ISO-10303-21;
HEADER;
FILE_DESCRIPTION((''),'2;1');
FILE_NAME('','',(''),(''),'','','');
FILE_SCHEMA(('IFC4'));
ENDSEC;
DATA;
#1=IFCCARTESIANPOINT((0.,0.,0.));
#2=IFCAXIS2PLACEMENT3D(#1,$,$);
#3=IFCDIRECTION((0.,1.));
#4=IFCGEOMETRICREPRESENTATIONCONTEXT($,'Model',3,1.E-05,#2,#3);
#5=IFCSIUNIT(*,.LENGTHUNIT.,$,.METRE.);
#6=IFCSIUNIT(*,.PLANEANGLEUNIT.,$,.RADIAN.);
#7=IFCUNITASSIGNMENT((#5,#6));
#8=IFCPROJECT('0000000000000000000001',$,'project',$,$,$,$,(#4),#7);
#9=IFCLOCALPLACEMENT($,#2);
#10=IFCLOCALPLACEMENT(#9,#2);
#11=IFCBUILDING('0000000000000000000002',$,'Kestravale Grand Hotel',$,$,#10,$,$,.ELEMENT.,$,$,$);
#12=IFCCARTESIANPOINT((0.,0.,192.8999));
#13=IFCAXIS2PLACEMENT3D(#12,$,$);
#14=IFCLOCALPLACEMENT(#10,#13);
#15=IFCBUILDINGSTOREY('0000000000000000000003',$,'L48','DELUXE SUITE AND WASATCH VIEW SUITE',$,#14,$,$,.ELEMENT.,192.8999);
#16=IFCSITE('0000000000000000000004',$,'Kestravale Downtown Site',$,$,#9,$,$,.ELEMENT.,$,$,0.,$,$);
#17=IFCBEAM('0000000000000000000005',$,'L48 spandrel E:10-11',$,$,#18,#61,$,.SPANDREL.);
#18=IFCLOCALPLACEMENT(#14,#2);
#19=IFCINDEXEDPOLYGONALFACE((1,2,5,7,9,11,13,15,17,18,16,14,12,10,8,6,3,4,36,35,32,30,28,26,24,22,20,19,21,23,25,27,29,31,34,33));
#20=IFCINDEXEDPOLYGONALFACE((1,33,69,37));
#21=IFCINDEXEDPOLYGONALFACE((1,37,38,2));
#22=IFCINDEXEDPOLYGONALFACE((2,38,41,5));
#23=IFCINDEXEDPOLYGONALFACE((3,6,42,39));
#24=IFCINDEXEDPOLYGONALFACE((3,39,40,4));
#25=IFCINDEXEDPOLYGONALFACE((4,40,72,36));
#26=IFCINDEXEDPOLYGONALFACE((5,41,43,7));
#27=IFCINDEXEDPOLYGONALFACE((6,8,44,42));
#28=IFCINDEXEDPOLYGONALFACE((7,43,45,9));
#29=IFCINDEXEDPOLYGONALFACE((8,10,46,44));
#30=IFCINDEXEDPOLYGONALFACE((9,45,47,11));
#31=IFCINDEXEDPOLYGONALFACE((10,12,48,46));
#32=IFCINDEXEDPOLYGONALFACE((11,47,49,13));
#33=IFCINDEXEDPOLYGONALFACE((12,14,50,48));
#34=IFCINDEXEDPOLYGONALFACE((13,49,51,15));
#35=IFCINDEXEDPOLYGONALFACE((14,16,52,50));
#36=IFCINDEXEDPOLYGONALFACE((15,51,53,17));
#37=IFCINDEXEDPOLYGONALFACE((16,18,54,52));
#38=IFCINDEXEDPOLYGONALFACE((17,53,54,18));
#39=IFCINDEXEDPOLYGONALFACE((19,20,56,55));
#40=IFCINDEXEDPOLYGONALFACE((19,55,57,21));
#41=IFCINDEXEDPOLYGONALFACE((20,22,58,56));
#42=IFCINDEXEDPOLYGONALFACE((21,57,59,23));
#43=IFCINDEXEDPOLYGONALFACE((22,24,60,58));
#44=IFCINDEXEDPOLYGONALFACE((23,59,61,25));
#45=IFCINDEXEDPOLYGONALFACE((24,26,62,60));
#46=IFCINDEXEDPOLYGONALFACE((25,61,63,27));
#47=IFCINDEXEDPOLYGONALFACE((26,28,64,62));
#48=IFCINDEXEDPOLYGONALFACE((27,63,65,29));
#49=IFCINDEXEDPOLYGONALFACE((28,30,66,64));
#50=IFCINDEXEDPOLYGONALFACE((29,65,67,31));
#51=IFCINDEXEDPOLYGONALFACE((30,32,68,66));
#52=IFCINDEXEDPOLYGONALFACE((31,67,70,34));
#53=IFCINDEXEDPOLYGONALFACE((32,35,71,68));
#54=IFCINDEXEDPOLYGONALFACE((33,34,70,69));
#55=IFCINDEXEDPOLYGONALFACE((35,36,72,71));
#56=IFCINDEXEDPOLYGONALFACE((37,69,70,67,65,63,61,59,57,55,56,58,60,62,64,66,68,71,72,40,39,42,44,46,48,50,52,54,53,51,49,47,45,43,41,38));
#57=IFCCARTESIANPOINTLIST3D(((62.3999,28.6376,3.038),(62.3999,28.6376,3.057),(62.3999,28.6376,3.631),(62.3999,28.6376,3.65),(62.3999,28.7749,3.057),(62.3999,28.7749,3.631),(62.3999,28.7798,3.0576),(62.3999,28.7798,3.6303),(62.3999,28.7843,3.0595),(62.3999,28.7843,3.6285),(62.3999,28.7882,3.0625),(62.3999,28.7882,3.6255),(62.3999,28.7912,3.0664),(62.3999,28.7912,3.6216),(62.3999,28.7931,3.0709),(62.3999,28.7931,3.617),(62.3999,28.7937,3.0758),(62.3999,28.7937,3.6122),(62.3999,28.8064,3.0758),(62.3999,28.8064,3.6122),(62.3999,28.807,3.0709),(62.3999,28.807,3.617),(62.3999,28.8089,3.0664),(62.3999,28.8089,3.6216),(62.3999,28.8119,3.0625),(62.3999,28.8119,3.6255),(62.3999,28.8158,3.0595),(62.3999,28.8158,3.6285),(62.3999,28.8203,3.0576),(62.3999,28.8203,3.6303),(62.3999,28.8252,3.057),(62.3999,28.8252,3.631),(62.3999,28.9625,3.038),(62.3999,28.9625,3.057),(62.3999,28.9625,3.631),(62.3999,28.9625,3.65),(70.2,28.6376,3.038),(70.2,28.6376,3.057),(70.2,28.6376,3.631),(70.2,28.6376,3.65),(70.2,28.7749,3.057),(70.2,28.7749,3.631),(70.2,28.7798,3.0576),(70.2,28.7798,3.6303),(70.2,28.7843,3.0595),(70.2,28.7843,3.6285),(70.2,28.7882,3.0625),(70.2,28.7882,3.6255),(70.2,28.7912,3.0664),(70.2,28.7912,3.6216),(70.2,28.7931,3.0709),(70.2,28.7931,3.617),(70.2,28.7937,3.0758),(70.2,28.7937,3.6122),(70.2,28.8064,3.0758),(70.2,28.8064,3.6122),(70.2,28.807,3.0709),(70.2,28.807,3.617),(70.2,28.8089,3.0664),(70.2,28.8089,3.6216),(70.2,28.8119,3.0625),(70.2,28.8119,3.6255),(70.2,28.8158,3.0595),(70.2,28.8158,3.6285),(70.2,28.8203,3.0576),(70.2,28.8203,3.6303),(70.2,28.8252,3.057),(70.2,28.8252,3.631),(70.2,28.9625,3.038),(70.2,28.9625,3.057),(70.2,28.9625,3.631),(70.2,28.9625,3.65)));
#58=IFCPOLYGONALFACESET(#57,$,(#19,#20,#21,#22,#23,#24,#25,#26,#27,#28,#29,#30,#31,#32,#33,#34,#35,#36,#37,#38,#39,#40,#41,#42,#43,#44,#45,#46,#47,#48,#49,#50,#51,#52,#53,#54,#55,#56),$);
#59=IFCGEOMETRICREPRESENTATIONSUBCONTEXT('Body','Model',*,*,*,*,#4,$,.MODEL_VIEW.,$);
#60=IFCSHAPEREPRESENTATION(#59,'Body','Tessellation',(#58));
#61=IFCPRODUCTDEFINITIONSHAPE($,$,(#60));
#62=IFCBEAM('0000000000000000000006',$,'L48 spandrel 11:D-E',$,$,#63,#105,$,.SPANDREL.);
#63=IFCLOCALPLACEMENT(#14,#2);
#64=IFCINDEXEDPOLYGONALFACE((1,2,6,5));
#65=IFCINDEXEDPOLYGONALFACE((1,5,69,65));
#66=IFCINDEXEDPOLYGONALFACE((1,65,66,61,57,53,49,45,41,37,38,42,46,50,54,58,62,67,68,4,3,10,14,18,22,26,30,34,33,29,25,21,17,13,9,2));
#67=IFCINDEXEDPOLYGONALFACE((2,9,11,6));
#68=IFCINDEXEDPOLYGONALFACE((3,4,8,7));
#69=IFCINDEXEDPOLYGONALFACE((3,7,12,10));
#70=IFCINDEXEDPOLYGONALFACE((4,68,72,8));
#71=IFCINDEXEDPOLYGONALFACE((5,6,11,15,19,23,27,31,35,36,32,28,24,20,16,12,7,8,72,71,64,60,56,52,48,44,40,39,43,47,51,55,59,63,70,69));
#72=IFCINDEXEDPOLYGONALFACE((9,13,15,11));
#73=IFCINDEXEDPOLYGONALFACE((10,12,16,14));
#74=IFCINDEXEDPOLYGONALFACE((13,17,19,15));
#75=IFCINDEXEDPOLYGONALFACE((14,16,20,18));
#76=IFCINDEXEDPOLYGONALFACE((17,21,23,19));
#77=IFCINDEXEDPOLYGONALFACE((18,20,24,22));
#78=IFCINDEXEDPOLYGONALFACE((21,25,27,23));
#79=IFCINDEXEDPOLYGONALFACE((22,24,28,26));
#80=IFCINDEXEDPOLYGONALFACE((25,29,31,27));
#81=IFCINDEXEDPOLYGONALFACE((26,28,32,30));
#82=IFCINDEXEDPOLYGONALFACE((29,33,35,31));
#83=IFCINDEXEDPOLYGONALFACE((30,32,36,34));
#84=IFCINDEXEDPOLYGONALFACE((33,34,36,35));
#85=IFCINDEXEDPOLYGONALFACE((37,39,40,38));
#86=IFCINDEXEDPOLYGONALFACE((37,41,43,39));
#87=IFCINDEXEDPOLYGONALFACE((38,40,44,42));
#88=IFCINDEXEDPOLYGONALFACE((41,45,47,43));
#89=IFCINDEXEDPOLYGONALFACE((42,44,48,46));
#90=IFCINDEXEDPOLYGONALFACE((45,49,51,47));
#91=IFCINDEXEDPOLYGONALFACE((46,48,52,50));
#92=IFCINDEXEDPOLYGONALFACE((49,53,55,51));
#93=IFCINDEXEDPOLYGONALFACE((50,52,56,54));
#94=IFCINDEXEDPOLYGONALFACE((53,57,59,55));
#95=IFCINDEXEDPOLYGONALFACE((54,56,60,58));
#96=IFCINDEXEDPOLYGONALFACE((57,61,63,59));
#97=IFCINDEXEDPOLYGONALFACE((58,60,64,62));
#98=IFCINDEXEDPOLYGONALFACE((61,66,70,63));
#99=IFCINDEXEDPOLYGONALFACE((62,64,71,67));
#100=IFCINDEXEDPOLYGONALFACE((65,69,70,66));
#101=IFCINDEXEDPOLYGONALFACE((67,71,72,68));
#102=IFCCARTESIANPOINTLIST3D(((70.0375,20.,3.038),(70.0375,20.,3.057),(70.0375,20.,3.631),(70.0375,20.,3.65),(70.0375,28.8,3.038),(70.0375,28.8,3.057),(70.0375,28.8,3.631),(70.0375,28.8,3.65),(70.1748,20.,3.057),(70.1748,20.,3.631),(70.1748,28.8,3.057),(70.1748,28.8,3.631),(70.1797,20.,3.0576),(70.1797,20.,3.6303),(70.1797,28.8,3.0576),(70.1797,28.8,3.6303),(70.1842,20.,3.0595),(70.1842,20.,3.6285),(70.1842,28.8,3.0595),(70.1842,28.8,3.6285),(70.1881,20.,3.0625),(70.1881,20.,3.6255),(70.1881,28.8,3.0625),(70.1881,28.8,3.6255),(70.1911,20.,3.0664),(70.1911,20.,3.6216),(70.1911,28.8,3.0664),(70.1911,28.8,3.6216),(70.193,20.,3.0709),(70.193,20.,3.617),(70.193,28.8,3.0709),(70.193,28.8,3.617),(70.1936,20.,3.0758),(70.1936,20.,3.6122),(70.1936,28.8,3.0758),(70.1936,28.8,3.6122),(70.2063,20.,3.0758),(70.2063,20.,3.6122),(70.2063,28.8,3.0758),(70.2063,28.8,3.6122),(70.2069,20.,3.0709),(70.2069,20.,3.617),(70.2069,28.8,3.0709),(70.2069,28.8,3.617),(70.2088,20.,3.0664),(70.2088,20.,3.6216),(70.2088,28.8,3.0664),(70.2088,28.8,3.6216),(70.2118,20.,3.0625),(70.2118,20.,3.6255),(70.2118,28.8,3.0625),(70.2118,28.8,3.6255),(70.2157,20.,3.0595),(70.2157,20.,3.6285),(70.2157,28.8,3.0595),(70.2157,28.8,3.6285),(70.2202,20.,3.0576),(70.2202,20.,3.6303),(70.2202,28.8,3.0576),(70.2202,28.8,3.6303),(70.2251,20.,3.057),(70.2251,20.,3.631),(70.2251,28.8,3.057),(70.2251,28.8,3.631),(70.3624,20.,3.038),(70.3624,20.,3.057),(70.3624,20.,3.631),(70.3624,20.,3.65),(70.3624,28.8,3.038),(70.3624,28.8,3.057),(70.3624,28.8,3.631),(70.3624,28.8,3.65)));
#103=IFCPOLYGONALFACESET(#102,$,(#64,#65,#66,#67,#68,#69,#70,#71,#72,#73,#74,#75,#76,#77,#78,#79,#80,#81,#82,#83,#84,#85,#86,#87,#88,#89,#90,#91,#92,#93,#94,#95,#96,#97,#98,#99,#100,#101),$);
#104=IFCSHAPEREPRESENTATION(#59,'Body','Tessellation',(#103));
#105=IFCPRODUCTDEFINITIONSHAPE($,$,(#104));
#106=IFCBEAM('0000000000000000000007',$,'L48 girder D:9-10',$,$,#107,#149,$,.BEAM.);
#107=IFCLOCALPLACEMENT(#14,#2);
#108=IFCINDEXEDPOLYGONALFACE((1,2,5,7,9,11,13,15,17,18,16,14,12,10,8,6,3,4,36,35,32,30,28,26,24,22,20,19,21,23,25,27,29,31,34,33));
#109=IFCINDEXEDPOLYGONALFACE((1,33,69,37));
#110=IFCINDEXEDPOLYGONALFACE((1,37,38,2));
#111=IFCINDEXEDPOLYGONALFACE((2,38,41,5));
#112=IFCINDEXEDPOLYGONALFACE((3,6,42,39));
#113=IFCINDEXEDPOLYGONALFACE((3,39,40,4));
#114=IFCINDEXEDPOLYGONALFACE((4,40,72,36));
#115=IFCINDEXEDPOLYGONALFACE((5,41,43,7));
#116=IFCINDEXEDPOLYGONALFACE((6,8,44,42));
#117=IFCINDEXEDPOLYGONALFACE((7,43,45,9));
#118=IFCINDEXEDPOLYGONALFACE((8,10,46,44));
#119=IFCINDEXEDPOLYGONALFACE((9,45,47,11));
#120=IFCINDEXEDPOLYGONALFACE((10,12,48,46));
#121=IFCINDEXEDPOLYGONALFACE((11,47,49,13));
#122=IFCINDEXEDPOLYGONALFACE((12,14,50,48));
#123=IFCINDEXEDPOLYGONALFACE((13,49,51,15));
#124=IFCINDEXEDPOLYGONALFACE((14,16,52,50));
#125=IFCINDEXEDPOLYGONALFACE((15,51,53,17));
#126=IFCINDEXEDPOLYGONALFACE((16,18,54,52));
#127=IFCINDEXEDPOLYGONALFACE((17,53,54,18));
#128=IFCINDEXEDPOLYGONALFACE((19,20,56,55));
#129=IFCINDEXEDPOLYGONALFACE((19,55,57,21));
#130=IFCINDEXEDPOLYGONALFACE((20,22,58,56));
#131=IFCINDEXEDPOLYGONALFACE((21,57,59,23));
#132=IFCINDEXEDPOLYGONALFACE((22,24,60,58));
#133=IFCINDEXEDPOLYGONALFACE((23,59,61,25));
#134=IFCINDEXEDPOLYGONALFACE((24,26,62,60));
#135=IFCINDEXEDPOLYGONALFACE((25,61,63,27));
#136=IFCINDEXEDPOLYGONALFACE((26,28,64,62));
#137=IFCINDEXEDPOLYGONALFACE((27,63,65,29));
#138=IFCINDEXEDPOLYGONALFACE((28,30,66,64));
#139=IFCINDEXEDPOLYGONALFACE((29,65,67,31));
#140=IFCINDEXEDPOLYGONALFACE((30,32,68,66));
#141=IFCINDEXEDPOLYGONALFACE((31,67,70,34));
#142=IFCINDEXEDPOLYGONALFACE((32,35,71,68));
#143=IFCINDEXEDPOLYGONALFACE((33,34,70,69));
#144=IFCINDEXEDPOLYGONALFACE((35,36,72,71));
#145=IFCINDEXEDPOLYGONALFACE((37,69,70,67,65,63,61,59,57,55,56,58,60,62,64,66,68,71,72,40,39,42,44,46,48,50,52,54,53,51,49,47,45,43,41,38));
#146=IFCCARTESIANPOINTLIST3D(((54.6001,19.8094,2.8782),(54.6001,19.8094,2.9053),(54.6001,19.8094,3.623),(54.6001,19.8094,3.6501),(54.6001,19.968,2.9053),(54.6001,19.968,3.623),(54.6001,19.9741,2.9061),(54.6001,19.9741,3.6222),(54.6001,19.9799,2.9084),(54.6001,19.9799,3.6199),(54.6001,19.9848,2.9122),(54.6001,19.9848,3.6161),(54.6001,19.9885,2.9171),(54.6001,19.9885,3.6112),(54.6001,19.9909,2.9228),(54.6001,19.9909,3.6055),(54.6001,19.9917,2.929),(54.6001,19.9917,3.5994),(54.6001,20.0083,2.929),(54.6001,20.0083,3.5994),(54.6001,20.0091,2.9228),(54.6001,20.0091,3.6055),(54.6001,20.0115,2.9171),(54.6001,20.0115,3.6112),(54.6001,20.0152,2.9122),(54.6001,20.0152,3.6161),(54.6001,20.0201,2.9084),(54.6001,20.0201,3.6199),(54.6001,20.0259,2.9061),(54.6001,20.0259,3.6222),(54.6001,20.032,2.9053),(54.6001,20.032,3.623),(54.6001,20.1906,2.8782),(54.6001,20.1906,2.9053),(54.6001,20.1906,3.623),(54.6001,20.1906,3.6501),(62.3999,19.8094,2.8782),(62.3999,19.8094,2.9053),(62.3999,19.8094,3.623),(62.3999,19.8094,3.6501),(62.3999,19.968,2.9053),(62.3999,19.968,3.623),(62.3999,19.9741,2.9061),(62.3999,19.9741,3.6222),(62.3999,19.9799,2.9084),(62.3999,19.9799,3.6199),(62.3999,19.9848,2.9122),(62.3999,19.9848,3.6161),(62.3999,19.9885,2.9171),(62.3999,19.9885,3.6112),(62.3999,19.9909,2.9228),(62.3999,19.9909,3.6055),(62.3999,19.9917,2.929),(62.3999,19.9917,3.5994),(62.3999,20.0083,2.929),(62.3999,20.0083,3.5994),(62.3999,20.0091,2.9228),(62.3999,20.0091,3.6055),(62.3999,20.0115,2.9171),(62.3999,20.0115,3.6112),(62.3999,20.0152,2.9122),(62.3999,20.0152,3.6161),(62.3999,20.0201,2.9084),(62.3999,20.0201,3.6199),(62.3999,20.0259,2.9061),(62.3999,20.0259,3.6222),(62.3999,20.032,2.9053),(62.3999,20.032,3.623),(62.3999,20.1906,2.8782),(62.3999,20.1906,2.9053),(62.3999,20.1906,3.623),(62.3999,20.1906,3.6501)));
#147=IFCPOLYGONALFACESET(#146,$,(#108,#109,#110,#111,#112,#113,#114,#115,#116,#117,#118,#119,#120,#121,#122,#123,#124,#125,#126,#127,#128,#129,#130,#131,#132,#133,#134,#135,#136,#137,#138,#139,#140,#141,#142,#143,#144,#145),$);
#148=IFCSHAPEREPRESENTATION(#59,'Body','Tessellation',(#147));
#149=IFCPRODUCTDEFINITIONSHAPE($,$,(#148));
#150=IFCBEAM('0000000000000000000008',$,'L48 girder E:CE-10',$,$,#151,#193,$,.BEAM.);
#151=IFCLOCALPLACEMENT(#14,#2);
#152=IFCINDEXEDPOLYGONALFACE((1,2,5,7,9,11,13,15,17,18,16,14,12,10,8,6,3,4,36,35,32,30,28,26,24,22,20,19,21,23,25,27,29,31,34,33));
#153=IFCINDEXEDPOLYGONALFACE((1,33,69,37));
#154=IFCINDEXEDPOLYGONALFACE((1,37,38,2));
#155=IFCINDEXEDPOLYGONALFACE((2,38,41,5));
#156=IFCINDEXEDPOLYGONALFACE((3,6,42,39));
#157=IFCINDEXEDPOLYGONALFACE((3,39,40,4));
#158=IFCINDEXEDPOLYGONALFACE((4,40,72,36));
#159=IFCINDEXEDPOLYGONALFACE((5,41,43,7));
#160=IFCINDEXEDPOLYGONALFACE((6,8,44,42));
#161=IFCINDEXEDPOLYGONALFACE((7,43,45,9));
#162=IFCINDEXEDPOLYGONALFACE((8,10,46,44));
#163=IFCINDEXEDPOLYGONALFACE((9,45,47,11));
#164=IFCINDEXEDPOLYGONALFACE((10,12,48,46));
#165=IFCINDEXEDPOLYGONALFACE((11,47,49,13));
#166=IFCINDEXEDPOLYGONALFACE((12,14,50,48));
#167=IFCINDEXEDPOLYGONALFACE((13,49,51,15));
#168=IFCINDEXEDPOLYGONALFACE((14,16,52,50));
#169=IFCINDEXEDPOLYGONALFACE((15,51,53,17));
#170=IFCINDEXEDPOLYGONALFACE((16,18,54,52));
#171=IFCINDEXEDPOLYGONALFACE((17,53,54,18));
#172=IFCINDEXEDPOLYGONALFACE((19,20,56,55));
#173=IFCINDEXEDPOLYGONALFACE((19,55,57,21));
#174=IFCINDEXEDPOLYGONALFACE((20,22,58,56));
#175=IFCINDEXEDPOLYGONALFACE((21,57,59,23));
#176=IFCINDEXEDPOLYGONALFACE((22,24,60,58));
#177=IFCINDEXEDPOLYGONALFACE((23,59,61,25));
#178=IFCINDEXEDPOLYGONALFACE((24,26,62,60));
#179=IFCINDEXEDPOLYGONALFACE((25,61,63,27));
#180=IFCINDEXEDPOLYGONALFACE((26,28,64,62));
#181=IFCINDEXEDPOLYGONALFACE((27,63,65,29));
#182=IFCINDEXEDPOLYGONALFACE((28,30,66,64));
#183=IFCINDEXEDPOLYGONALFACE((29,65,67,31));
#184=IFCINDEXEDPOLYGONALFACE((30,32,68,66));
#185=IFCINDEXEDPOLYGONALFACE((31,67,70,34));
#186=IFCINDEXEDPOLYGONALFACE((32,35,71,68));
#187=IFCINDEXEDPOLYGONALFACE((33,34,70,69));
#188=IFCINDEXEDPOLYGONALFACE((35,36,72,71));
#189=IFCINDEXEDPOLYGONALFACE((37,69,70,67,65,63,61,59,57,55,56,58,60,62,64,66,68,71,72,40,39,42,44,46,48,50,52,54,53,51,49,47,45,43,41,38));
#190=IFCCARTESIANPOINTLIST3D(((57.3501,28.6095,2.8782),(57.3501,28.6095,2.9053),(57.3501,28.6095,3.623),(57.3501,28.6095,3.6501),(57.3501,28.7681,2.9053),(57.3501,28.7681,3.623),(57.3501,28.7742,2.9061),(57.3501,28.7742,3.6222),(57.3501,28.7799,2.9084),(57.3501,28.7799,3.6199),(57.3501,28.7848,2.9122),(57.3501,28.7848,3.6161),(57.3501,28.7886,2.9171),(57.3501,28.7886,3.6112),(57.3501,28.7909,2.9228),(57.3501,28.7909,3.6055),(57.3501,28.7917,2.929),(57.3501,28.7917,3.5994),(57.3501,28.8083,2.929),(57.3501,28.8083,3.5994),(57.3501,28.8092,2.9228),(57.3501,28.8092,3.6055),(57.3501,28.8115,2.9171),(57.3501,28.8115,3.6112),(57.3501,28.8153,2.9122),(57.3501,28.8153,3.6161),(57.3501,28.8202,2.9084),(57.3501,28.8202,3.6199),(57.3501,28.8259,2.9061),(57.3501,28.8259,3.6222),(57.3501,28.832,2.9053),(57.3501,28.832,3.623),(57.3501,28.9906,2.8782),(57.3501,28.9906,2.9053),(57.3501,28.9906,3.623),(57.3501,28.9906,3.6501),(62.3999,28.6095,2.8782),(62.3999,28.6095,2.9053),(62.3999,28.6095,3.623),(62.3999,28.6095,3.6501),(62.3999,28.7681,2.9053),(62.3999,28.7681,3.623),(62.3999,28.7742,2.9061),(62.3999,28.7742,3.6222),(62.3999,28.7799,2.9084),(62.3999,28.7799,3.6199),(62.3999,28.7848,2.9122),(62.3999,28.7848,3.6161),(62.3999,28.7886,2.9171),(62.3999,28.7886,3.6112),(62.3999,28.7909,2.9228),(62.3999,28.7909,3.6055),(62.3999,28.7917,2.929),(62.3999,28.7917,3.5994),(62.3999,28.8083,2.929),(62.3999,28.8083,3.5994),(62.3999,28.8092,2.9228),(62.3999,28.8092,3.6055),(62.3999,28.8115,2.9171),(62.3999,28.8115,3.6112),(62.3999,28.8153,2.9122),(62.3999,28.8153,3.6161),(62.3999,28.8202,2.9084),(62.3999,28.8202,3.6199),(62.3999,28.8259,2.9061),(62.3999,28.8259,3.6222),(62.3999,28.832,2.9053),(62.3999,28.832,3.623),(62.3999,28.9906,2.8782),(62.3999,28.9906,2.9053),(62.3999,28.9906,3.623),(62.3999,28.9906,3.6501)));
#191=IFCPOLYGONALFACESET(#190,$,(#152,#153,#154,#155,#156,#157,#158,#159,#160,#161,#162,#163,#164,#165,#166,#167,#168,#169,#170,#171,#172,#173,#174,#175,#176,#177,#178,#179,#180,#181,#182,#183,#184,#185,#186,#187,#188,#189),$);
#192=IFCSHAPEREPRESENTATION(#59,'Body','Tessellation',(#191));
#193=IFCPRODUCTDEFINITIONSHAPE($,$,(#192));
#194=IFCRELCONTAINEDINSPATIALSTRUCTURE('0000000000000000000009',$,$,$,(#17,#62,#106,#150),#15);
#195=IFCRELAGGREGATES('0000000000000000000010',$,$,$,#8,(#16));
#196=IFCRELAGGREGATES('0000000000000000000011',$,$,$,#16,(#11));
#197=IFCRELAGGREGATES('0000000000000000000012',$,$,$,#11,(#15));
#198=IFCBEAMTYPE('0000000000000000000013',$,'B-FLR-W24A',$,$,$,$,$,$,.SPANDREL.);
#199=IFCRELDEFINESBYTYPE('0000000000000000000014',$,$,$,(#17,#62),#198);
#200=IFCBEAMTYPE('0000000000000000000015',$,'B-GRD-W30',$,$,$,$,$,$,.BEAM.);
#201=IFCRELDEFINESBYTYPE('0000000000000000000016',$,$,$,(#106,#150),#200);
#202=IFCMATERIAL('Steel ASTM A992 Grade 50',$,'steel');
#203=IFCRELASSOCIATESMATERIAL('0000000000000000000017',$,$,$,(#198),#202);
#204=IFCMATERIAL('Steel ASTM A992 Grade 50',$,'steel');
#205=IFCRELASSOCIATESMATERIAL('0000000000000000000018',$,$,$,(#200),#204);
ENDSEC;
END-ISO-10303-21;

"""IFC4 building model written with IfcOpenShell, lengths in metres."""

from ifc_helpers import new_model, si_unit, direction, frame, origin, origin_2d, place, context, subcontext, project, spatial, i_section, extrude, material, material_profile, profile_set, type_object, element, save


model = new_model("IFC4")

# Units and contexts
model_context = context("Model", 3, precision=1e-05, world=origin(), true_north=direction((0.0, 1.0)))
body_context = subcontext(model_context, "Body", "Model", "MODEL_VIEW")
ifc_project = project(units=[si_unit("LENGTHUNIT", "METRE"), si_unit("PLANEANGLEUNIT", "RADIAN")], contexts=[model_context])

# Site, building, storey
site_placement = place(None, origin())
site = spatial("IfcSite", under=ifc_project, at=site_placement, Name="Kestravale Downtown Site", CompositionType="ELEMENT", RefElevation=0.0)
building_placement = place(site_placement, origin())
building = spatial("IfcBuilding", under=site, at=building_placement, Name="Kestravale Grand Hotel", CompositionType="ELEMENT")
storey_placement = place(building_placement, frame((0.0, 0.0, 192.8999)))
storey = spatial("IfcBuildingStorey", under=building, at=storey_placement, Name="L48", Description="DELUXE SUITE AND WASATCH VIEW SUITE", CompositionType="ELEMENT", Elevation=192.8999)

# Beams
ifc_material_1 = material(Name="Steel ASTM A992 Grade 50", Category="steel")
ifc_material_profile_1 = material_profile(ifc_material_1, i_section(OverallWidth=0.325, OverallDepth=0.6121, WebThickness=0.0127, FlangeThickness=0.019, FilletRadius=0.0188, at=origin_2d()))
ifc_profile_set_1 = profile_set([ifc_material_profile_1], Name="Steel ASTM A992 Grade 50")
beam_type_1 = type_object("IfcBeamType", Name="B-FLR-W24A", PredefinedType="SPANDREL", material=ifc_profile_set_1)
for number, where, z_axis, x_axis, name in (
    (1, (62.3999, 28.8, 3.344), (1.0, 0.0, 0.0), (0.0, 1.0, 0.0), "L48 spandrel E:10-11"),
):
    element("IfcBeam", number, at=place(storey_placement, frame(where, z_axis=z_axis, x_axis=x_axis)), inside=storey, type_object=beam_type_1, Name=name, PredefinedType="SPANDREL", context=body_context, shape_type="SweptSolid", body=[
        extrude(i_section(OverallWidth=0.325, OverallDepth=0.6121, WebThickness=0.0127, FlangeThickness=0.019, FilletRadius=0.0188, at=origin_2d()), origin(), (0.0, 0.0, 1.0), 7.8),
    ])
beam_1_placement = place(storey_placement, frame((70.2, 20.0, 3.344), z_axis=(0.0, 1.0, 0.0), x_axis=(-1.0, 0.0, 0.0)))
element("IfcBeam", 2, at=beam_1_placement, inside=storey, type_object=beam_type_1, Name="L48 spandrel 11:D-E", PredefinedType="SPANDREL", context=body_context, shape_type="SweptSolid", body=[
    extrude(i_section(OverallWidth=0.325, OverallDepth=0.6121, WebThickness=0.0127, FlangeThickness=0.019, FilletRadius=0.0188, at=origin_2d()), origin(), (0.0, 0.0, 1.0), 8.8),
])
ifc_material_2 = material(Name="Steel ASTM A992 Grade 50", Category="steel")
ifc_material_profile_2 = material_profile(ifc_material_2, i_section(OverallWidth=0.3811, OverallDepth=0.772, WebThickness=0.0166, FlangeThickness=0.0271, FilletRadius=0.0237, at=origin_2d()))
ifc_profile_set_2 = profile_set([ifc_material_profile_2], Name="Steel ASTM A992 Grade 50")
beam_type_2 = type_object("IfcBeamType", Name="B-GRD-W30", PredefinedType="BEAM", material=ifc_profile_set_2)
beam_2_placement = place(storey_placement, frame((54.6001, 20.0, 3.2642), z_axis=(1.0, 0.0, 0.0), x_axis=(0.0, 1.0, 0.0)))
element("IfcBeam", 3, at=beam_2_placement, inside=storey, type_object=beam_type_2, Name="L48 girder D:9-10", PredefinedType="BEAM", context=body_context, shape_type="SweptSolid", body=[
    extrude(i_section(OverallWidth=0.3811, OverallDepth=0.772, WebThickness=0.0166, FlangeThickness=0.0271, FilletRadius=0.0237, at=origin_2d()), origin(), (0.0, 0.0, 1.0), 7.7998),
])
beam_3_placement = place(storey_placement, frame((57.3501, 28.8, 3.2642), z_axis=(1.0, 0.0, 0.0), x_axis=(0.0, 1.0, 0.0)))
element("IfcBeam", 4, at=beam_3_placement, inside=storey, type_object=beam_type_2, Name="L48 girder E:CE-10", PredefinedType="BEAM", context=body_context, shape_type="SweptSolid", body=[
    extrude(i_section(OverallWidth=0.3811, OverallDepth=0.772, WebThickness=0.0166, FlangeThickness=0.0271, FilletRadius=0.0237, at=origin_2d()), origin(), (0.0, 0.0, 1.0), 5.0498),
])

save(model, "model.ifc")
